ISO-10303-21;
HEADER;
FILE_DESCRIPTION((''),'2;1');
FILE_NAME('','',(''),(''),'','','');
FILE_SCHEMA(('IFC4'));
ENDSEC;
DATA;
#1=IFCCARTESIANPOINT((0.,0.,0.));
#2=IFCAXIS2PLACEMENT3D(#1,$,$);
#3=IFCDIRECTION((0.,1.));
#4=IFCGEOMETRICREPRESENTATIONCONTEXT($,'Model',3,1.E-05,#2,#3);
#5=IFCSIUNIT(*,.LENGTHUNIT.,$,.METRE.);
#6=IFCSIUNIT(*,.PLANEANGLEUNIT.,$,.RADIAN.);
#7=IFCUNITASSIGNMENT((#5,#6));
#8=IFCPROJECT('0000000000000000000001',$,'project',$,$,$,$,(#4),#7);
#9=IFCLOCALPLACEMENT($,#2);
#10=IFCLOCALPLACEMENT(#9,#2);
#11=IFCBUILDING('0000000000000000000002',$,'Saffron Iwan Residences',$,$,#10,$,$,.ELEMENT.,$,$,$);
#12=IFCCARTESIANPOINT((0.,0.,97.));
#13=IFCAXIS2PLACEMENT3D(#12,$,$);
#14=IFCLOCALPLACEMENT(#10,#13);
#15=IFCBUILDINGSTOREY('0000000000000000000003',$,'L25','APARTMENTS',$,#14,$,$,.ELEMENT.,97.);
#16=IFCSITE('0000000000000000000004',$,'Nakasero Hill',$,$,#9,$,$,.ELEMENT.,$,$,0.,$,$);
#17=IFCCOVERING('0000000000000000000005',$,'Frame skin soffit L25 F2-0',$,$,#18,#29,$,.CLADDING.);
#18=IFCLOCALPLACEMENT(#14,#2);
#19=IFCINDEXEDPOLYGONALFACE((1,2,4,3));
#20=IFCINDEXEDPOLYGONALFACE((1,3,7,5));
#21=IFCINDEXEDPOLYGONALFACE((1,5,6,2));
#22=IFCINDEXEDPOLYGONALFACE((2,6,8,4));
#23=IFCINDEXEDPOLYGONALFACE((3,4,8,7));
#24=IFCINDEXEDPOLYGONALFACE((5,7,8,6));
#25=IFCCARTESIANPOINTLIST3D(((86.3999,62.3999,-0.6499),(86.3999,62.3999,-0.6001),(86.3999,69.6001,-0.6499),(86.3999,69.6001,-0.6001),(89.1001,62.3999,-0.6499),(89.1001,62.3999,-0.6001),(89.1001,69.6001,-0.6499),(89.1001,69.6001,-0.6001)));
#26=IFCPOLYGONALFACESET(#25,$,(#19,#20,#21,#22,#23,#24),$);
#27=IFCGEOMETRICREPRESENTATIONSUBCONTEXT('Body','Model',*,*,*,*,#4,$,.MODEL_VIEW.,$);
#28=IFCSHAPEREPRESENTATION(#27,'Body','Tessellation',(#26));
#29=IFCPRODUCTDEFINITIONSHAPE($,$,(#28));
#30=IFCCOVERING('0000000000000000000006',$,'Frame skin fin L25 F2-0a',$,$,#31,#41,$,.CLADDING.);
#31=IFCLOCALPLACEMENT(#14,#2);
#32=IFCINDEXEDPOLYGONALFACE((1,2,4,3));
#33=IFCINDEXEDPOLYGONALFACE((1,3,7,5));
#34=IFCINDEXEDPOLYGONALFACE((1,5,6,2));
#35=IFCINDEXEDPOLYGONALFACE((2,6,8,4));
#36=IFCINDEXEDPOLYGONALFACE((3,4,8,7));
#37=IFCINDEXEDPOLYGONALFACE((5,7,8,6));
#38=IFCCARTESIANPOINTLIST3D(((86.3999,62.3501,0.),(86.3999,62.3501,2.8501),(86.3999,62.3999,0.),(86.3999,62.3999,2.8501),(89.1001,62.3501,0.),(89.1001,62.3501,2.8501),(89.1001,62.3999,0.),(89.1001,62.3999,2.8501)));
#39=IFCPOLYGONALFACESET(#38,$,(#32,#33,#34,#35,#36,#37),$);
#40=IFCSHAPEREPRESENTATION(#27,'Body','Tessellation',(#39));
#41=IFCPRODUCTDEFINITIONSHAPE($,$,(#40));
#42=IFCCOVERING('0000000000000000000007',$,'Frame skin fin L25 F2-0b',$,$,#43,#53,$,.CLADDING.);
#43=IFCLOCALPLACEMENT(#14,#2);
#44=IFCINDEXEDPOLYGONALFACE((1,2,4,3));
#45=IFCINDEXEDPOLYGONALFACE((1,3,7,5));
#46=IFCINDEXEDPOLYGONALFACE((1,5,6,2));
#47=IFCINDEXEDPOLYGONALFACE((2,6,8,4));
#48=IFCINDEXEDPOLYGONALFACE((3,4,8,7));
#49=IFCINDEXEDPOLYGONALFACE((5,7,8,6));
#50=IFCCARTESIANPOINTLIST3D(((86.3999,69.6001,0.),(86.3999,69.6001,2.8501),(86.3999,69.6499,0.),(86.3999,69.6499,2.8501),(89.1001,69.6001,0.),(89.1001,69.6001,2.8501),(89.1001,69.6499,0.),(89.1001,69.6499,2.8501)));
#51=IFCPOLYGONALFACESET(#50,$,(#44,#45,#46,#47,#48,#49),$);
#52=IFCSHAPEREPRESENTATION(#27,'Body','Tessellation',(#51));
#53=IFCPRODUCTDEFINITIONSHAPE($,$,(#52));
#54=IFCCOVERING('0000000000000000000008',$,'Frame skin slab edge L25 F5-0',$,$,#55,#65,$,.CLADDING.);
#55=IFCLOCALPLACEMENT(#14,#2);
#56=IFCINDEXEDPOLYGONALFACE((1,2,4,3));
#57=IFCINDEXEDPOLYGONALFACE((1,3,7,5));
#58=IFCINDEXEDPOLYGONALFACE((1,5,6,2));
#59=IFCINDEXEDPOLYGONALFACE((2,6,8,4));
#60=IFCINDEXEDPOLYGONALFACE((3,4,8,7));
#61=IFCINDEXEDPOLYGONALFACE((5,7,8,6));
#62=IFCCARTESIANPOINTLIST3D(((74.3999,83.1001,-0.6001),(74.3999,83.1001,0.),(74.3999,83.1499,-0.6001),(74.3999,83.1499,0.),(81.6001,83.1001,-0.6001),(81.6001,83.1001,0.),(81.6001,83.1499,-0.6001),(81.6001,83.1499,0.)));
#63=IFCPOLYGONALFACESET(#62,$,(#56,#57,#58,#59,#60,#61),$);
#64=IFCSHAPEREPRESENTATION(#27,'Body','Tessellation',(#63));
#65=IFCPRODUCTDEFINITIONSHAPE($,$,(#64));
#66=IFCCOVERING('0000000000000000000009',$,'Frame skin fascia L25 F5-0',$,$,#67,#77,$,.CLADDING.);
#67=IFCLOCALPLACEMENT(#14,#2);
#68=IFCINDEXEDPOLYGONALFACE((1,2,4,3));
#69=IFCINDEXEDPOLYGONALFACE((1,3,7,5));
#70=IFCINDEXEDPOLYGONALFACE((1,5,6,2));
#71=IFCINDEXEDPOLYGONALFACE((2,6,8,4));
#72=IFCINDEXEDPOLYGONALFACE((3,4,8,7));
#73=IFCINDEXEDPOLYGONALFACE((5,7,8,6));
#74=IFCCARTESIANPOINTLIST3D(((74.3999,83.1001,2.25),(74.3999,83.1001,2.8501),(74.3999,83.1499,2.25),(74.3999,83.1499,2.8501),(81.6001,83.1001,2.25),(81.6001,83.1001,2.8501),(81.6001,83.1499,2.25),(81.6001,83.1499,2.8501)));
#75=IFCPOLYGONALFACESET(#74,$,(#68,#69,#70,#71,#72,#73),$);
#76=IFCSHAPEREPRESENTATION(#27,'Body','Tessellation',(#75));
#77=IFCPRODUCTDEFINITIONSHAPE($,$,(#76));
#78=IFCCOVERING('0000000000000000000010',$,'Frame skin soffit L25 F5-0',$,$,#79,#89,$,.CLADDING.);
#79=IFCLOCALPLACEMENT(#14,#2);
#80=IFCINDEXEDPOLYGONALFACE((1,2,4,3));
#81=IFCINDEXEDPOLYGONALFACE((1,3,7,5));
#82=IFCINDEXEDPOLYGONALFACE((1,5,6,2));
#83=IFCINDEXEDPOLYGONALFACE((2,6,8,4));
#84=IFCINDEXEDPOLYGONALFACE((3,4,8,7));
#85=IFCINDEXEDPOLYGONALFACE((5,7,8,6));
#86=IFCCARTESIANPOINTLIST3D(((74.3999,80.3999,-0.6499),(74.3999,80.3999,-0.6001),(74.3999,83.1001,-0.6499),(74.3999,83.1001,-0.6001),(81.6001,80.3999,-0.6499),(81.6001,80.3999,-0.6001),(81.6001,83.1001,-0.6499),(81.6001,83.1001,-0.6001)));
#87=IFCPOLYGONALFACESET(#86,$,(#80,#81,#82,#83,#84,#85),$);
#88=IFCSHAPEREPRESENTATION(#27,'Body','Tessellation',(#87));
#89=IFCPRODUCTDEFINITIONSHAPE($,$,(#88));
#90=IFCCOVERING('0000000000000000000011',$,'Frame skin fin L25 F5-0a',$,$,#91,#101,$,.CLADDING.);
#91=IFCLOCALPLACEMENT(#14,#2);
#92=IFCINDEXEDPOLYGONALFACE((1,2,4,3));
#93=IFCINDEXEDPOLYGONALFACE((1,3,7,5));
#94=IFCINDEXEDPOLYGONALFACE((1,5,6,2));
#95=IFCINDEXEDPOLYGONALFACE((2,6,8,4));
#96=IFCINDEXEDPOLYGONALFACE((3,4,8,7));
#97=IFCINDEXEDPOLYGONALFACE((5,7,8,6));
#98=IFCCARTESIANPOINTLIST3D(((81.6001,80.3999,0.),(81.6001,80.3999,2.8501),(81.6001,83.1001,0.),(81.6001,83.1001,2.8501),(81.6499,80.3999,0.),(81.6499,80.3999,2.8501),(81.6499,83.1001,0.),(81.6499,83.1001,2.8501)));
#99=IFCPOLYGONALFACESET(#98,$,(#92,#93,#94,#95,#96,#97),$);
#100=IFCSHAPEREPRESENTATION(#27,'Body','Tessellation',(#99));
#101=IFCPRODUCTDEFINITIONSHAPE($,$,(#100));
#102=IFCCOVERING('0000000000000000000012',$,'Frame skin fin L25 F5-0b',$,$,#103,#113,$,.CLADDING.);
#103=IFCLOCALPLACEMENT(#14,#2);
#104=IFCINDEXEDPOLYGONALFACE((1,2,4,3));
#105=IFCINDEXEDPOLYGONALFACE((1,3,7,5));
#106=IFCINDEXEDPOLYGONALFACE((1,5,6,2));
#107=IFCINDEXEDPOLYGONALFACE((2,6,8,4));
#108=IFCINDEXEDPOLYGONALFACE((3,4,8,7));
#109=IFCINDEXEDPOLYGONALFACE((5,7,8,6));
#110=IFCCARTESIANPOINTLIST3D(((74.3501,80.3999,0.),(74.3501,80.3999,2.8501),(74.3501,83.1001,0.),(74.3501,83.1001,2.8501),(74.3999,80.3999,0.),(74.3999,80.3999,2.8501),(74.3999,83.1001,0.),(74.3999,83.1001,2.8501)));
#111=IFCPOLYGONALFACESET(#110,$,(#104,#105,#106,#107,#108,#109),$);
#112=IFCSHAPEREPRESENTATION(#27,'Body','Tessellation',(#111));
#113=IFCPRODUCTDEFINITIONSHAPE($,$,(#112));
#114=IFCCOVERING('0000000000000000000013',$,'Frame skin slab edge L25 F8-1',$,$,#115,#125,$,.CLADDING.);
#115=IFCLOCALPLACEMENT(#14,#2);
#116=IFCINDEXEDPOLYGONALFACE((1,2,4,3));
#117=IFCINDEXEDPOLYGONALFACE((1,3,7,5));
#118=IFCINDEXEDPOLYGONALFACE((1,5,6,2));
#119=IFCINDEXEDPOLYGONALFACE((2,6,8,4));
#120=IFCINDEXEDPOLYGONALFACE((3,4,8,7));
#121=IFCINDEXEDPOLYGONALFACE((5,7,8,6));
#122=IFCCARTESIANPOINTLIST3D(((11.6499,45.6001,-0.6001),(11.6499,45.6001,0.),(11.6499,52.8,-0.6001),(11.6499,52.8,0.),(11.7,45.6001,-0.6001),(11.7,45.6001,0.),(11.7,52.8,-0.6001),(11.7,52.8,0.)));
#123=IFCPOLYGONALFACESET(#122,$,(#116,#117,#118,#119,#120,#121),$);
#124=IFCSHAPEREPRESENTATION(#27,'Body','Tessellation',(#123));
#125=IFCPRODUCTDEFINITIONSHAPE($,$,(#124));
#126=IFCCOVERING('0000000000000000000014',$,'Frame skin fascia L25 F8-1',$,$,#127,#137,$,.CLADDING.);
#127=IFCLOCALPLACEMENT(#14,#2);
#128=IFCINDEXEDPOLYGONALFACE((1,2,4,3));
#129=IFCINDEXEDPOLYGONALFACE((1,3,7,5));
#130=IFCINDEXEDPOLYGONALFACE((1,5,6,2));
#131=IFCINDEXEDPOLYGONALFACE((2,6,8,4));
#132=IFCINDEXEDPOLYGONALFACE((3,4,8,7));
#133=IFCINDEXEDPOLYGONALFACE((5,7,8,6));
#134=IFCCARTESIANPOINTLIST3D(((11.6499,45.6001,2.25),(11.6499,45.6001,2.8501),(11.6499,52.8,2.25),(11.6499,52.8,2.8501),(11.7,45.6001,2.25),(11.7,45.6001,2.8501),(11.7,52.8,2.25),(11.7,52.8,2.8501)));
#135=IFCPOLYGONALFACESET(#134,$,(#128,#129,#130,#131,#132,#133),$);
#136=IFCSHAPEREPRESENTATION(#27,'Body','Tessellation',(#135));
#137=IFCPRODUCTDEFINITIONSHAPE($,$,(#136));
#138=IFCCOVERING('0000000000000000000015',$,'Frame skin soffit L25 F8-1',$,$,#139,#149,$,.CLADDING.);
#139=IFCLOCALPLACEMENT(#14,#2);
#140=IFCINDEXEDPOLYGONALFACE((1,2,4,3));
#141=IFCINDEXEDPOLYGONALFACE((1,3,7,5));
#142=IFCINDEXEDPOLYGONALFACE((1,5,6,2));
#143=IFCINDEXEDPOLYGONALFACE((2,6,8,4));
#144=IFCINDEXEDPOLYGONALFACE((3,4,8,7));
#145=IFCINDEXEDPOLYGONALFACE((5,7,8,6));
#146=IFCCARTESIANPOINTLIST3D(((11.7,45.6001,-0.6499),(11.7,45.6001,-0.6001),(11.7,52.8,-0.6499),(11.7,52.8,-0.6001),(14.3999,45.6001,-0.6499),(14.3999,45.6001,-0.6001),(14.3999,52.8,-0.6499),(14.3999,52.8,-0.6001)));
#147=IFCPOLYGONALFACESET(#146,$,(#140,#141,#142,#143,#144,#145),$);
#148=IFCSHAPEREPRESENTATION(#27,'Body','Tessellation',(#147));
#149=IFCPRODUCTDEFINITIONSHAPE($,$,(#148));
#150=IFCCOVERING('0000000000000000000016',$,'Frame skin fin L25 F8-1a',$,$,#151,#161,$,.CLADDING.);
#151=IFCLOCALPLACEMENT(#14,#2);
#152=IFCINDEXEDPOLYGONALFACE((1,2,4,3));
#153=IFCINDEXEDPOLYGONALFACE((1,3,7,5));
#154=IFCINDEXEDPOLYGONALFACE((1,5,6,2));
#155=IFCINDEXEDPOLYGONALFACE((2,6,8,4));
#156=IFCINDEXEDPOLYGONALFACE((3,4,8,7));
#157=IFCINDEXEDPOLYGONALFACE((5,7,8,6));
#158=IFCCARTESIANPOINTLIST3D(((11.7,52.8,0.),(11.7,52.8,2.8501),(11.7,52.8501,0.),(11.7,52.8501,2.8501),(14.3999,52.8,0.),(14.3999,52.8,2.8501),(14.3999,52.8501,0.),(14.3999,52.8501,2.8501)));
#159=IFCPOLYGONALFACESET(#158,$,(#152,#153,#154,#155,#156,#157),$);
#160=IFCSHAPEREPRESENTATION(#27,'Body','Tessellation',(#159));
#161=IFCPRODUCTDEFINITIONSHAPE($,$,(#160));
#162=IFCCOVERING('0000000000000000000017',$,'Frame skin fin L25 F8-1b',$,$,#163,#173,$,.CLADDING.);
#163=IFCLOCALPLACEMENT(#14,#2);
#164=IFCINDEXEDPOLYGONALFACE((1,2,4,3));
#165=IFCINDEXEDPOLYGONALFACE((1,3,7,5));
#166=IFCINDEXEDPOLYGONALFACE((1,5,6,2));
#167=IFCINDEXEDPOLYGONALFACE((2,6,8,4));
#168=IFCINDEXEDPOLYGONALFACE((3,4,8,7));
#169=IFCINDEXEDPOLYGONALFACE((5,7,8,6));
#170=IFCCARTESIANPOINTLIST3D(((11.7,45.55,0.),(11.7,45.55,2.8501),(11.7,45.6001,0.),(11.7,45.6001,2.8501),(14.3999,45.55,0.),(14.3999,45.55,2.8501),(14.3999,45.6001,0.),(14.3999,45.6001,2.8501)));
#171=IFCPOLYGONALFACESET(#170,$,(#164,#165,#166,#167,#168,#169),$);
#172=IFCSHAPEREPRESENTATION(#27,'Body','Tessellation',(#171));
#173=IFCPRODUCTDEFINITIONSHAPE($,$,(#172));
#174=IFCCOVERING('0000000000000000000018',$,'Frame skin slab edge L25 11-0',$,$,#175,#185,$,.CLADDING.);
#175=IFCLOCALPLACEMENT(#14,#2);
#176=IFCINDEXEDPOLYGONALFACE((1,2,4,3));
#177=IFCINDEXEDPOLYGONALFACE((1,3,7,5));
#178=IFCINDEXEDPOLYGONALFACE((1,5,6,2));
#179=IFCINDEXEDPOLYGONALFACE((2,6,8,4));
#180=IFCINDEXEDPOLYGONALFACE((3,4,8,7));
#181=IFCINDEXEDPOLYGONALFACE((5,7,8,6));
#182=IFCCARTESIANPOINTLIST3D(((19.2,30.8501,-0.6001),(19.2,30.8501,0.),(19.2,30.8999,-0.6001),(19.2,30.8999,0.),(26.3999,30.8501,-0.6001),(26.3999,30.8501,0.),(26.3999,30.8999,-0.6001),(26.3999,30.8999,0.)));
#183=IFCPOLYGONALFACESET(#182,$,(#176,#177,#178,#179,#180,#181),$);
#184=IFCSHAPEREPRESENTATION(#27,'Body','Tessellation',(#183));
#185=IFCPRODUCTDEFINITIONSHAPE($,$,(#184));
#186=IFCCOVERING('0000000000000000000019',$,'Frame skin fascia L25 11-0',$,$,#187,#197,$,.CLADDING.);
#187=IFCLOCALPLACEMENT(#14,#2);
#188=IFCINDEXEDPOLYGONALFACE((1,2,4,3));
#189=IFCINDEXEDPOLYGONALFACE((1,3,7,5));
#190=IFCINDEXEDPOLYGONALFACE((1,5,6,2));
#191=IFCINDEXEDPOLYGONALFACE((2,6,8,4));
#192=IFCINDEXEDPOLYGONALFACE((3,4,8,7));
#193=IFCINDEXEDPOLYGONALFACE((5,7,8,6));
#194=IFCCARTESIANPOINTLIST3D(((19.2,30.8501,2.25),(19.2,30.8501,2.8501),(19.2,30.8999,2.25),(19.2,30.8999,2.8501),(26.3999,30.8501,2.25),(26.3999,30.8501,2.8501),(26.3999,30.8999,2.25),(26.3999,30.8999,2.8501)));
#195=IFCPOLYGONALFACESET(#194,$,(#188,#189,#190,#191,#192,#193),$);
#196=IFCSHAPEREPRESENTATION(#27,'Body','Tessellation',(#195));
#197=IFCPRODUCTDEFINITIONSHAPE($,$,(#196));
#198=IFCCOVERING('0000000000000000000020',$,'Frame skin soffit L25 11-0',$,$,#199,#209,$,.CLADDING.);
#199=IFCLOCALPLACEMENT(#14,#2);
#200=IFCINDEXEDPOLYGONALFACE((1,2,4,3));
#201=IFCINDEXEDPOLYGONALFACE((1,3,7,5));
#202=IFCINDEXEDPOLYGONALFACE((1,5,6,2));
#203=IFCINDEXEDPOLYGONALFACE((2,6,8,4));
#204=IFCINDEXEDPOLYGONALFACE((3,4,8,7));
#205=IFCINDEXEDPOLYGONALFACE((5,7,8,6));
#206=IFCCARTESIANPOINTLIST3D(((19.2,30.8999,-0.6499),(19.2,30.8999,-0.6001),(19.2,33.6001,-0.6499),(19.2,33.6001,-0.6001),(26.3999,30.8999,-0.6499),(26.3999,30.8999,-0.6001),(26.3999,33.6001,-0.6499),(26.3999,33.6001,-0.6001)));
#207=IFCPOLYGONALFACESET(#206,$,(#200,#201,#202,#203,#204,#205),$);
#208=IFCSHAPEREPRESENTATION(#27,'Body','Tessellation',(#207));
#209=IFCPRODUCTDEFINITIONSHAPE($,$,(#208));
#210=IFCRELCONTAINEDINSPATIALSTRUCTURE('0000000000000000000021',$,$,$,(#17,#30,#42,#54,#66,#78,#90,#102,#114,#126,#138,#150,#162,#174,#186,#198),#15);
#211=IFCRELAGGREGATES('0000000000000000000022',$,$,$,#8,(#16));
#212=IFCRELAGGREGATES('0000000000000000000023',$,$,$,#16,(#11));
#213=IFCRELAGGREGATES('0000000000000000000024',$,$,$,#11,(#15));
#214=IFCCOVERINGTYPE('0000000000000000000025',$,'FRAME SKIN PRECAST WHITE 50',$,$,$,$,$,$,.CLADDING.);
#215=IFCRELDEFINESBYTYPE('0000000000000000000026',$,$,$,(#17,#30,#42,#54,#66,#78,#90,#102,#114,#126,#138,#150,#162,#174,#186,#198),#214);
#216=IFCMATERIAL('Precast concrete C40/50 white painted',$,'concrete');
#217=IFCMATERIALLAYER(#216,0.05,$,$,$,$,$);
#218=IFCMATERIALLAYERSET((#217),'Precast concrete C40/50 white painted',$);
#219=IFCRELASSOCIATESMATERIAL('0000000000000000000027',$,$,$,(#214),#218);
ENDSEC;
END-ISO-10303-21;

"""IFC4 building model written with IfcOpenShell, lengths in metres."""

from ifc_helpers import new_model, si_unit, direction, frame, origin, place, context, subcontext, project, spatial, polyline, outline, extrude, material, layer, layer_set, type_object, element, save


model = new_model("IFC4")

# Units and contexts
model_context = context("Model", 3, precision=1e-05, world=origin(), true_north=direction((0.0, 1.0)))
body_context = subcontext(model_context, "Body", "Model", "MODEL_VIEW")
ifc_project = project(units=[si_unit("LENGTHUNIT", "METRE"), si_unit("PLANEANGLEUNIT", "RADIAN")], contexts=[model_context])

# Site, building, storey
site_placement = place(None, origin())
site = spatial("IfcSite", under=ifc_project, at=site_placement, Name="Nakasero Hill", CompositionType="ELEMENT", RefElevation=0.0)
building_placement = place(site_placement, origin())
building = spatial("IfcBuilding", under=site, at=building_placement, Name="Saffron Iwan Residences", CompositionType="ELEMENT")
storey_placement = place(building_placement, frame((0.0, 0.0, 97.0)))
storey = spatial("IfcBuildingStorey", under=building, at=storey_placement, Name="L25", Description="APARTMENTS", CompositionType="ELEMENT", Elevation=97.0)

# Coverings
ifc_material_1 = material(Name="Precast concrete C40/50 white painted", Category="concrete")
ifc_layer_1 = layer(ifc_material_1, 0.05)
ifc_layer_set_1 = layer_set([ifc_layer_1], Name="Precast concrete C40/50 white painted")
covering_type_1 = type_object("IfcCoveringType", Name="FRAME SKIN PRECAST WHITE 50", PredefinedType="CLADDING", material=ifc_layer_set_1)
covering_1_placement = place(storey_placement, frame((0.0, 0.0, -0.6499)))
element("IfcCovering", 1, at=covering_1_placement, inside=storey, type_object=covering_type_1, Name="Frame skin soffit L25 F2-0", PredefinedType="CLADDING", context=body_context, shape_type="SweptSolid", body=[
    extrude(outline(polyline([(89.1001, 62.3999), (89.1001, 69.6001), (86.3999, 69.6001), (86.3999, 62.3999), (89.1001, 62.3999)])), origin(), (0.0, 0.0, 1.0), 0.0498),
])
covering_2_placement = place(storey_placement, origin())
element("IfcCovering", 2, at=covering_2_placement, inside=storey, type_object=covering_type_1, Name="Frame skin fin L25 F2-0a", PredefinedType="CLADDING", context=body_context, shape_type="SweptSolid", body=[
    extrude(outline(polyline([(89.1001, 62.3501), (89.1001, 62.3999), (86.3999, 62.3999), (86.3999, 62.3501), (89.1001, 62.3501)])), origin(), (0.0, 0.0, 1.0), 2.8501),
])
covering_3_placement = place(storey_placement, origin())
element("IfcCovering", 3, at=covering_3_placement, inside=storey, type_object=covering_type_1, Name="Frame skin fin L25 F2-0b", PredefinedType="CLADDING", context=body_context, shape_type="SweptSolid", body=[
    extrude(outline(polyline([(89.1001, 69.6001), (89.1001, 69.6499), (86.3999, 69.6499), (86.3999, 69.6001), (89.1001, 69.6001)])), origin(), (0.0, 0.0, 1.0), 2.8501),
])
for number, where, name in (
    (4, (0.0, 0.0, -0.6001), "Frame skin slab edge L25 F5-0"),
    (5, (0.0, 0.0, 2.25), "Frame skin fascia L25 F5-0"),
):
    element("IfcCovering", number, at=place(storey_placement, frame(where)), inside=storey, type_object=covering_type_1, Name=name, PredefinedType="CLADDING", context=body_context, shape_type="SweptSolid", body=[
        extrude(outline(polyline([(81.6001, 83.1499), (74.3999, 83.1499), (74.3999, 83.1001), (81.6001, 83.1001), (81.6001, 83.1499)])), origin(), (0.0, 0.0, 1.0), 0.6001),
    ])
covering_4_placement = place(storey_placement, frame((0.0, 0.0, -0.6499)))
element("IfcCovering", 6, at=covering_4_placement, inside=storey, type_object=covering_type_1, Name="Frame skin soffit L25 F5-0", PredefinedType="CLADDING", context=body_context, shape_type="SweptSolid", body=[
    extrude(outline(polyline([(81.6001, 83.1001), (74.3999, 83.1001), (74.3999, 80.3999), (81.6001, 80.3999), (81.6001, 83.1001)])), origin(), (0.0, 0.0, 1.0), 0.0498),
])
covering_5_placement = place(storey_placement, origin())
element("IfcCovering", 7, at=covering_5_placement, inside=storey, type_object=covering_type_1, Name="Frame skin fin L25 F5-0a", PredefinedType="CLADDING", context=body_context, shape_type="SweptSolid", body=[
    extrude(outline(polyline([(81.6499, 83.1001), (81.6001, 83.1001), (81.6001, 80.3999), (81.6499, 80.3999), (81.6499, 83.1001)])), origin(), (0.0, 0.0, 1.0), 2.8501),
])
covering_6_placement = place(storey_placement, origin())
element("IfcCovering", 8, at=covering_6_placement, inside=storey, type_object=covering_type_1, Name="Frame skin fin L25 F5-0b", PredefinedType="CLADDING", context=body_context, shape_type="SweptSolid", body=[
    extrude(outline(polyline([(74.3999, 83.1001), (74.3501, 83.1001), (74.3501, 80.3999), (74.3999, 80.3999), (74.3999, 83.1001)])), origin(), (0.0, 0.0, 1.0), 2.8501),
])
for number, where, name in (
    (9, (0.0, 0.0, -0.6001), "Frame skin slab edge L25 F8-1"),
    (10, (0.0, 0.0, 2.25), "Frame skin fascia L25 F8-1"),
):
    element("IfcCovering", number, at=place(storey_placement, frame(where)), inside=storey, type_object=covering_type_1, Name=name, PredefinedType="CLADDING", context=body_context, shape_type="SweptSolid", body=[
        extrude(outline(polyline([(11.6499, 52.8), (11.6499, 45.6001), (11.7, 45.6001), (11.7, 52.8), (11.6499, 52.8)])), origin(), (0.0, 0.0, 1.0), 0.6001),
    ])
covering_7_placement = place(storey_placement, frame((0.0, 0.0, -0.6499)))
element("IfcCovering", 11, at=covering_7_placement, inside=storey, type_object=covering_type_1, Name="Frame skin soffit L25 F8-1", PredefinedType="CLADDING", context=body_context, shape_type="SweptSolid", body=[
    extrude(outline(polyline([(11.7, 52.8), (11.7, 45.6001), (14.3999, 45.6001), (14.3999, 52.8), (11.7, 52.8)])), origin(), (0.0, 0.0, 1.0), 0.0498),
])
covering_8_placement = place(storey_placement, origin())
element("IfcCovering", 12, at=covering_8_placement, inside=storey, type_object=covering_type_1, Name="Frame skin fin L25 F8-1a", PredefinedType="CLADDING", context=body_context, shape_type="SweptSolid", body=[
    extrude(outline(polyline([(11.7, 52.8501), (11.7, 52.8), (14.3999, 52.8), (14.3999, 52.8501), (11.7, 52.8501)])), origin(), (0.0, 0.0, 1.0), 2.8501),
])
covering_9_placement = place(storey_placement, origin())
element("IfcCovering", 13, at=covering_9_placement, inside=storey, type_object=covering_type_1, Name="Frame skin fin L25 F8-1b", PredefinedType="CLADDING", context=body_context, shape_type="SweptSolid", body=[
    extrude(outline(polyline([(11.7, 45.6001), (11.7, 45.55), (14.3999, 45.55), (14.3999, 45.6001), (11.7, 45.6001)])), origin(), (0.0, 0.0, 1.0), 2.8501),
])
for number, where, name in (
    (14, (0.0, 0.0, -0.6001), "Frame skin slab edge L25 11-0"),
    (15, (0.0, 0.0, 2.25), "Frame skin fascia L25 11-0"),
):
    element("IfcCovering", number, at=place(storey_placement, frame(where)), inside=storey, type_object=covering_type_1, Name=name, PredefinedType="CLADDING", context=body_context, shape_type="SweptSolid", body=[
        extrude(outline(polyline([(19.2, 30.8501), (26.3999, 30.8501), (26.3999, 30.8999), (19.2, 30.8999), (19.2, 30.8501)])), origin(), (0.0, 0.0, 1.0), 0.6001),
    ])
covering_10_placement = place(storey_placement, frame((0.0, 0.0, -0.6499)))
element("IfcCovering", 16, at=covering_10_placement, inside=storey, type_object=covering_type_1, Name="Frame skin soffit L25 11-0", PredefinedType="CLADDING", context=body_context, shape_type="SweptSolid", body=[
    extrude(outline(polyline([(19.2, 30.8999), (26.3999, 30.8999), (26.3999, 33.6001), (19.2, 33.6001), (19.2, 30.8999)])), origin(), (0.0, 0.0, 1.0), 0.0498),
])

save(model, "model.ifc")
